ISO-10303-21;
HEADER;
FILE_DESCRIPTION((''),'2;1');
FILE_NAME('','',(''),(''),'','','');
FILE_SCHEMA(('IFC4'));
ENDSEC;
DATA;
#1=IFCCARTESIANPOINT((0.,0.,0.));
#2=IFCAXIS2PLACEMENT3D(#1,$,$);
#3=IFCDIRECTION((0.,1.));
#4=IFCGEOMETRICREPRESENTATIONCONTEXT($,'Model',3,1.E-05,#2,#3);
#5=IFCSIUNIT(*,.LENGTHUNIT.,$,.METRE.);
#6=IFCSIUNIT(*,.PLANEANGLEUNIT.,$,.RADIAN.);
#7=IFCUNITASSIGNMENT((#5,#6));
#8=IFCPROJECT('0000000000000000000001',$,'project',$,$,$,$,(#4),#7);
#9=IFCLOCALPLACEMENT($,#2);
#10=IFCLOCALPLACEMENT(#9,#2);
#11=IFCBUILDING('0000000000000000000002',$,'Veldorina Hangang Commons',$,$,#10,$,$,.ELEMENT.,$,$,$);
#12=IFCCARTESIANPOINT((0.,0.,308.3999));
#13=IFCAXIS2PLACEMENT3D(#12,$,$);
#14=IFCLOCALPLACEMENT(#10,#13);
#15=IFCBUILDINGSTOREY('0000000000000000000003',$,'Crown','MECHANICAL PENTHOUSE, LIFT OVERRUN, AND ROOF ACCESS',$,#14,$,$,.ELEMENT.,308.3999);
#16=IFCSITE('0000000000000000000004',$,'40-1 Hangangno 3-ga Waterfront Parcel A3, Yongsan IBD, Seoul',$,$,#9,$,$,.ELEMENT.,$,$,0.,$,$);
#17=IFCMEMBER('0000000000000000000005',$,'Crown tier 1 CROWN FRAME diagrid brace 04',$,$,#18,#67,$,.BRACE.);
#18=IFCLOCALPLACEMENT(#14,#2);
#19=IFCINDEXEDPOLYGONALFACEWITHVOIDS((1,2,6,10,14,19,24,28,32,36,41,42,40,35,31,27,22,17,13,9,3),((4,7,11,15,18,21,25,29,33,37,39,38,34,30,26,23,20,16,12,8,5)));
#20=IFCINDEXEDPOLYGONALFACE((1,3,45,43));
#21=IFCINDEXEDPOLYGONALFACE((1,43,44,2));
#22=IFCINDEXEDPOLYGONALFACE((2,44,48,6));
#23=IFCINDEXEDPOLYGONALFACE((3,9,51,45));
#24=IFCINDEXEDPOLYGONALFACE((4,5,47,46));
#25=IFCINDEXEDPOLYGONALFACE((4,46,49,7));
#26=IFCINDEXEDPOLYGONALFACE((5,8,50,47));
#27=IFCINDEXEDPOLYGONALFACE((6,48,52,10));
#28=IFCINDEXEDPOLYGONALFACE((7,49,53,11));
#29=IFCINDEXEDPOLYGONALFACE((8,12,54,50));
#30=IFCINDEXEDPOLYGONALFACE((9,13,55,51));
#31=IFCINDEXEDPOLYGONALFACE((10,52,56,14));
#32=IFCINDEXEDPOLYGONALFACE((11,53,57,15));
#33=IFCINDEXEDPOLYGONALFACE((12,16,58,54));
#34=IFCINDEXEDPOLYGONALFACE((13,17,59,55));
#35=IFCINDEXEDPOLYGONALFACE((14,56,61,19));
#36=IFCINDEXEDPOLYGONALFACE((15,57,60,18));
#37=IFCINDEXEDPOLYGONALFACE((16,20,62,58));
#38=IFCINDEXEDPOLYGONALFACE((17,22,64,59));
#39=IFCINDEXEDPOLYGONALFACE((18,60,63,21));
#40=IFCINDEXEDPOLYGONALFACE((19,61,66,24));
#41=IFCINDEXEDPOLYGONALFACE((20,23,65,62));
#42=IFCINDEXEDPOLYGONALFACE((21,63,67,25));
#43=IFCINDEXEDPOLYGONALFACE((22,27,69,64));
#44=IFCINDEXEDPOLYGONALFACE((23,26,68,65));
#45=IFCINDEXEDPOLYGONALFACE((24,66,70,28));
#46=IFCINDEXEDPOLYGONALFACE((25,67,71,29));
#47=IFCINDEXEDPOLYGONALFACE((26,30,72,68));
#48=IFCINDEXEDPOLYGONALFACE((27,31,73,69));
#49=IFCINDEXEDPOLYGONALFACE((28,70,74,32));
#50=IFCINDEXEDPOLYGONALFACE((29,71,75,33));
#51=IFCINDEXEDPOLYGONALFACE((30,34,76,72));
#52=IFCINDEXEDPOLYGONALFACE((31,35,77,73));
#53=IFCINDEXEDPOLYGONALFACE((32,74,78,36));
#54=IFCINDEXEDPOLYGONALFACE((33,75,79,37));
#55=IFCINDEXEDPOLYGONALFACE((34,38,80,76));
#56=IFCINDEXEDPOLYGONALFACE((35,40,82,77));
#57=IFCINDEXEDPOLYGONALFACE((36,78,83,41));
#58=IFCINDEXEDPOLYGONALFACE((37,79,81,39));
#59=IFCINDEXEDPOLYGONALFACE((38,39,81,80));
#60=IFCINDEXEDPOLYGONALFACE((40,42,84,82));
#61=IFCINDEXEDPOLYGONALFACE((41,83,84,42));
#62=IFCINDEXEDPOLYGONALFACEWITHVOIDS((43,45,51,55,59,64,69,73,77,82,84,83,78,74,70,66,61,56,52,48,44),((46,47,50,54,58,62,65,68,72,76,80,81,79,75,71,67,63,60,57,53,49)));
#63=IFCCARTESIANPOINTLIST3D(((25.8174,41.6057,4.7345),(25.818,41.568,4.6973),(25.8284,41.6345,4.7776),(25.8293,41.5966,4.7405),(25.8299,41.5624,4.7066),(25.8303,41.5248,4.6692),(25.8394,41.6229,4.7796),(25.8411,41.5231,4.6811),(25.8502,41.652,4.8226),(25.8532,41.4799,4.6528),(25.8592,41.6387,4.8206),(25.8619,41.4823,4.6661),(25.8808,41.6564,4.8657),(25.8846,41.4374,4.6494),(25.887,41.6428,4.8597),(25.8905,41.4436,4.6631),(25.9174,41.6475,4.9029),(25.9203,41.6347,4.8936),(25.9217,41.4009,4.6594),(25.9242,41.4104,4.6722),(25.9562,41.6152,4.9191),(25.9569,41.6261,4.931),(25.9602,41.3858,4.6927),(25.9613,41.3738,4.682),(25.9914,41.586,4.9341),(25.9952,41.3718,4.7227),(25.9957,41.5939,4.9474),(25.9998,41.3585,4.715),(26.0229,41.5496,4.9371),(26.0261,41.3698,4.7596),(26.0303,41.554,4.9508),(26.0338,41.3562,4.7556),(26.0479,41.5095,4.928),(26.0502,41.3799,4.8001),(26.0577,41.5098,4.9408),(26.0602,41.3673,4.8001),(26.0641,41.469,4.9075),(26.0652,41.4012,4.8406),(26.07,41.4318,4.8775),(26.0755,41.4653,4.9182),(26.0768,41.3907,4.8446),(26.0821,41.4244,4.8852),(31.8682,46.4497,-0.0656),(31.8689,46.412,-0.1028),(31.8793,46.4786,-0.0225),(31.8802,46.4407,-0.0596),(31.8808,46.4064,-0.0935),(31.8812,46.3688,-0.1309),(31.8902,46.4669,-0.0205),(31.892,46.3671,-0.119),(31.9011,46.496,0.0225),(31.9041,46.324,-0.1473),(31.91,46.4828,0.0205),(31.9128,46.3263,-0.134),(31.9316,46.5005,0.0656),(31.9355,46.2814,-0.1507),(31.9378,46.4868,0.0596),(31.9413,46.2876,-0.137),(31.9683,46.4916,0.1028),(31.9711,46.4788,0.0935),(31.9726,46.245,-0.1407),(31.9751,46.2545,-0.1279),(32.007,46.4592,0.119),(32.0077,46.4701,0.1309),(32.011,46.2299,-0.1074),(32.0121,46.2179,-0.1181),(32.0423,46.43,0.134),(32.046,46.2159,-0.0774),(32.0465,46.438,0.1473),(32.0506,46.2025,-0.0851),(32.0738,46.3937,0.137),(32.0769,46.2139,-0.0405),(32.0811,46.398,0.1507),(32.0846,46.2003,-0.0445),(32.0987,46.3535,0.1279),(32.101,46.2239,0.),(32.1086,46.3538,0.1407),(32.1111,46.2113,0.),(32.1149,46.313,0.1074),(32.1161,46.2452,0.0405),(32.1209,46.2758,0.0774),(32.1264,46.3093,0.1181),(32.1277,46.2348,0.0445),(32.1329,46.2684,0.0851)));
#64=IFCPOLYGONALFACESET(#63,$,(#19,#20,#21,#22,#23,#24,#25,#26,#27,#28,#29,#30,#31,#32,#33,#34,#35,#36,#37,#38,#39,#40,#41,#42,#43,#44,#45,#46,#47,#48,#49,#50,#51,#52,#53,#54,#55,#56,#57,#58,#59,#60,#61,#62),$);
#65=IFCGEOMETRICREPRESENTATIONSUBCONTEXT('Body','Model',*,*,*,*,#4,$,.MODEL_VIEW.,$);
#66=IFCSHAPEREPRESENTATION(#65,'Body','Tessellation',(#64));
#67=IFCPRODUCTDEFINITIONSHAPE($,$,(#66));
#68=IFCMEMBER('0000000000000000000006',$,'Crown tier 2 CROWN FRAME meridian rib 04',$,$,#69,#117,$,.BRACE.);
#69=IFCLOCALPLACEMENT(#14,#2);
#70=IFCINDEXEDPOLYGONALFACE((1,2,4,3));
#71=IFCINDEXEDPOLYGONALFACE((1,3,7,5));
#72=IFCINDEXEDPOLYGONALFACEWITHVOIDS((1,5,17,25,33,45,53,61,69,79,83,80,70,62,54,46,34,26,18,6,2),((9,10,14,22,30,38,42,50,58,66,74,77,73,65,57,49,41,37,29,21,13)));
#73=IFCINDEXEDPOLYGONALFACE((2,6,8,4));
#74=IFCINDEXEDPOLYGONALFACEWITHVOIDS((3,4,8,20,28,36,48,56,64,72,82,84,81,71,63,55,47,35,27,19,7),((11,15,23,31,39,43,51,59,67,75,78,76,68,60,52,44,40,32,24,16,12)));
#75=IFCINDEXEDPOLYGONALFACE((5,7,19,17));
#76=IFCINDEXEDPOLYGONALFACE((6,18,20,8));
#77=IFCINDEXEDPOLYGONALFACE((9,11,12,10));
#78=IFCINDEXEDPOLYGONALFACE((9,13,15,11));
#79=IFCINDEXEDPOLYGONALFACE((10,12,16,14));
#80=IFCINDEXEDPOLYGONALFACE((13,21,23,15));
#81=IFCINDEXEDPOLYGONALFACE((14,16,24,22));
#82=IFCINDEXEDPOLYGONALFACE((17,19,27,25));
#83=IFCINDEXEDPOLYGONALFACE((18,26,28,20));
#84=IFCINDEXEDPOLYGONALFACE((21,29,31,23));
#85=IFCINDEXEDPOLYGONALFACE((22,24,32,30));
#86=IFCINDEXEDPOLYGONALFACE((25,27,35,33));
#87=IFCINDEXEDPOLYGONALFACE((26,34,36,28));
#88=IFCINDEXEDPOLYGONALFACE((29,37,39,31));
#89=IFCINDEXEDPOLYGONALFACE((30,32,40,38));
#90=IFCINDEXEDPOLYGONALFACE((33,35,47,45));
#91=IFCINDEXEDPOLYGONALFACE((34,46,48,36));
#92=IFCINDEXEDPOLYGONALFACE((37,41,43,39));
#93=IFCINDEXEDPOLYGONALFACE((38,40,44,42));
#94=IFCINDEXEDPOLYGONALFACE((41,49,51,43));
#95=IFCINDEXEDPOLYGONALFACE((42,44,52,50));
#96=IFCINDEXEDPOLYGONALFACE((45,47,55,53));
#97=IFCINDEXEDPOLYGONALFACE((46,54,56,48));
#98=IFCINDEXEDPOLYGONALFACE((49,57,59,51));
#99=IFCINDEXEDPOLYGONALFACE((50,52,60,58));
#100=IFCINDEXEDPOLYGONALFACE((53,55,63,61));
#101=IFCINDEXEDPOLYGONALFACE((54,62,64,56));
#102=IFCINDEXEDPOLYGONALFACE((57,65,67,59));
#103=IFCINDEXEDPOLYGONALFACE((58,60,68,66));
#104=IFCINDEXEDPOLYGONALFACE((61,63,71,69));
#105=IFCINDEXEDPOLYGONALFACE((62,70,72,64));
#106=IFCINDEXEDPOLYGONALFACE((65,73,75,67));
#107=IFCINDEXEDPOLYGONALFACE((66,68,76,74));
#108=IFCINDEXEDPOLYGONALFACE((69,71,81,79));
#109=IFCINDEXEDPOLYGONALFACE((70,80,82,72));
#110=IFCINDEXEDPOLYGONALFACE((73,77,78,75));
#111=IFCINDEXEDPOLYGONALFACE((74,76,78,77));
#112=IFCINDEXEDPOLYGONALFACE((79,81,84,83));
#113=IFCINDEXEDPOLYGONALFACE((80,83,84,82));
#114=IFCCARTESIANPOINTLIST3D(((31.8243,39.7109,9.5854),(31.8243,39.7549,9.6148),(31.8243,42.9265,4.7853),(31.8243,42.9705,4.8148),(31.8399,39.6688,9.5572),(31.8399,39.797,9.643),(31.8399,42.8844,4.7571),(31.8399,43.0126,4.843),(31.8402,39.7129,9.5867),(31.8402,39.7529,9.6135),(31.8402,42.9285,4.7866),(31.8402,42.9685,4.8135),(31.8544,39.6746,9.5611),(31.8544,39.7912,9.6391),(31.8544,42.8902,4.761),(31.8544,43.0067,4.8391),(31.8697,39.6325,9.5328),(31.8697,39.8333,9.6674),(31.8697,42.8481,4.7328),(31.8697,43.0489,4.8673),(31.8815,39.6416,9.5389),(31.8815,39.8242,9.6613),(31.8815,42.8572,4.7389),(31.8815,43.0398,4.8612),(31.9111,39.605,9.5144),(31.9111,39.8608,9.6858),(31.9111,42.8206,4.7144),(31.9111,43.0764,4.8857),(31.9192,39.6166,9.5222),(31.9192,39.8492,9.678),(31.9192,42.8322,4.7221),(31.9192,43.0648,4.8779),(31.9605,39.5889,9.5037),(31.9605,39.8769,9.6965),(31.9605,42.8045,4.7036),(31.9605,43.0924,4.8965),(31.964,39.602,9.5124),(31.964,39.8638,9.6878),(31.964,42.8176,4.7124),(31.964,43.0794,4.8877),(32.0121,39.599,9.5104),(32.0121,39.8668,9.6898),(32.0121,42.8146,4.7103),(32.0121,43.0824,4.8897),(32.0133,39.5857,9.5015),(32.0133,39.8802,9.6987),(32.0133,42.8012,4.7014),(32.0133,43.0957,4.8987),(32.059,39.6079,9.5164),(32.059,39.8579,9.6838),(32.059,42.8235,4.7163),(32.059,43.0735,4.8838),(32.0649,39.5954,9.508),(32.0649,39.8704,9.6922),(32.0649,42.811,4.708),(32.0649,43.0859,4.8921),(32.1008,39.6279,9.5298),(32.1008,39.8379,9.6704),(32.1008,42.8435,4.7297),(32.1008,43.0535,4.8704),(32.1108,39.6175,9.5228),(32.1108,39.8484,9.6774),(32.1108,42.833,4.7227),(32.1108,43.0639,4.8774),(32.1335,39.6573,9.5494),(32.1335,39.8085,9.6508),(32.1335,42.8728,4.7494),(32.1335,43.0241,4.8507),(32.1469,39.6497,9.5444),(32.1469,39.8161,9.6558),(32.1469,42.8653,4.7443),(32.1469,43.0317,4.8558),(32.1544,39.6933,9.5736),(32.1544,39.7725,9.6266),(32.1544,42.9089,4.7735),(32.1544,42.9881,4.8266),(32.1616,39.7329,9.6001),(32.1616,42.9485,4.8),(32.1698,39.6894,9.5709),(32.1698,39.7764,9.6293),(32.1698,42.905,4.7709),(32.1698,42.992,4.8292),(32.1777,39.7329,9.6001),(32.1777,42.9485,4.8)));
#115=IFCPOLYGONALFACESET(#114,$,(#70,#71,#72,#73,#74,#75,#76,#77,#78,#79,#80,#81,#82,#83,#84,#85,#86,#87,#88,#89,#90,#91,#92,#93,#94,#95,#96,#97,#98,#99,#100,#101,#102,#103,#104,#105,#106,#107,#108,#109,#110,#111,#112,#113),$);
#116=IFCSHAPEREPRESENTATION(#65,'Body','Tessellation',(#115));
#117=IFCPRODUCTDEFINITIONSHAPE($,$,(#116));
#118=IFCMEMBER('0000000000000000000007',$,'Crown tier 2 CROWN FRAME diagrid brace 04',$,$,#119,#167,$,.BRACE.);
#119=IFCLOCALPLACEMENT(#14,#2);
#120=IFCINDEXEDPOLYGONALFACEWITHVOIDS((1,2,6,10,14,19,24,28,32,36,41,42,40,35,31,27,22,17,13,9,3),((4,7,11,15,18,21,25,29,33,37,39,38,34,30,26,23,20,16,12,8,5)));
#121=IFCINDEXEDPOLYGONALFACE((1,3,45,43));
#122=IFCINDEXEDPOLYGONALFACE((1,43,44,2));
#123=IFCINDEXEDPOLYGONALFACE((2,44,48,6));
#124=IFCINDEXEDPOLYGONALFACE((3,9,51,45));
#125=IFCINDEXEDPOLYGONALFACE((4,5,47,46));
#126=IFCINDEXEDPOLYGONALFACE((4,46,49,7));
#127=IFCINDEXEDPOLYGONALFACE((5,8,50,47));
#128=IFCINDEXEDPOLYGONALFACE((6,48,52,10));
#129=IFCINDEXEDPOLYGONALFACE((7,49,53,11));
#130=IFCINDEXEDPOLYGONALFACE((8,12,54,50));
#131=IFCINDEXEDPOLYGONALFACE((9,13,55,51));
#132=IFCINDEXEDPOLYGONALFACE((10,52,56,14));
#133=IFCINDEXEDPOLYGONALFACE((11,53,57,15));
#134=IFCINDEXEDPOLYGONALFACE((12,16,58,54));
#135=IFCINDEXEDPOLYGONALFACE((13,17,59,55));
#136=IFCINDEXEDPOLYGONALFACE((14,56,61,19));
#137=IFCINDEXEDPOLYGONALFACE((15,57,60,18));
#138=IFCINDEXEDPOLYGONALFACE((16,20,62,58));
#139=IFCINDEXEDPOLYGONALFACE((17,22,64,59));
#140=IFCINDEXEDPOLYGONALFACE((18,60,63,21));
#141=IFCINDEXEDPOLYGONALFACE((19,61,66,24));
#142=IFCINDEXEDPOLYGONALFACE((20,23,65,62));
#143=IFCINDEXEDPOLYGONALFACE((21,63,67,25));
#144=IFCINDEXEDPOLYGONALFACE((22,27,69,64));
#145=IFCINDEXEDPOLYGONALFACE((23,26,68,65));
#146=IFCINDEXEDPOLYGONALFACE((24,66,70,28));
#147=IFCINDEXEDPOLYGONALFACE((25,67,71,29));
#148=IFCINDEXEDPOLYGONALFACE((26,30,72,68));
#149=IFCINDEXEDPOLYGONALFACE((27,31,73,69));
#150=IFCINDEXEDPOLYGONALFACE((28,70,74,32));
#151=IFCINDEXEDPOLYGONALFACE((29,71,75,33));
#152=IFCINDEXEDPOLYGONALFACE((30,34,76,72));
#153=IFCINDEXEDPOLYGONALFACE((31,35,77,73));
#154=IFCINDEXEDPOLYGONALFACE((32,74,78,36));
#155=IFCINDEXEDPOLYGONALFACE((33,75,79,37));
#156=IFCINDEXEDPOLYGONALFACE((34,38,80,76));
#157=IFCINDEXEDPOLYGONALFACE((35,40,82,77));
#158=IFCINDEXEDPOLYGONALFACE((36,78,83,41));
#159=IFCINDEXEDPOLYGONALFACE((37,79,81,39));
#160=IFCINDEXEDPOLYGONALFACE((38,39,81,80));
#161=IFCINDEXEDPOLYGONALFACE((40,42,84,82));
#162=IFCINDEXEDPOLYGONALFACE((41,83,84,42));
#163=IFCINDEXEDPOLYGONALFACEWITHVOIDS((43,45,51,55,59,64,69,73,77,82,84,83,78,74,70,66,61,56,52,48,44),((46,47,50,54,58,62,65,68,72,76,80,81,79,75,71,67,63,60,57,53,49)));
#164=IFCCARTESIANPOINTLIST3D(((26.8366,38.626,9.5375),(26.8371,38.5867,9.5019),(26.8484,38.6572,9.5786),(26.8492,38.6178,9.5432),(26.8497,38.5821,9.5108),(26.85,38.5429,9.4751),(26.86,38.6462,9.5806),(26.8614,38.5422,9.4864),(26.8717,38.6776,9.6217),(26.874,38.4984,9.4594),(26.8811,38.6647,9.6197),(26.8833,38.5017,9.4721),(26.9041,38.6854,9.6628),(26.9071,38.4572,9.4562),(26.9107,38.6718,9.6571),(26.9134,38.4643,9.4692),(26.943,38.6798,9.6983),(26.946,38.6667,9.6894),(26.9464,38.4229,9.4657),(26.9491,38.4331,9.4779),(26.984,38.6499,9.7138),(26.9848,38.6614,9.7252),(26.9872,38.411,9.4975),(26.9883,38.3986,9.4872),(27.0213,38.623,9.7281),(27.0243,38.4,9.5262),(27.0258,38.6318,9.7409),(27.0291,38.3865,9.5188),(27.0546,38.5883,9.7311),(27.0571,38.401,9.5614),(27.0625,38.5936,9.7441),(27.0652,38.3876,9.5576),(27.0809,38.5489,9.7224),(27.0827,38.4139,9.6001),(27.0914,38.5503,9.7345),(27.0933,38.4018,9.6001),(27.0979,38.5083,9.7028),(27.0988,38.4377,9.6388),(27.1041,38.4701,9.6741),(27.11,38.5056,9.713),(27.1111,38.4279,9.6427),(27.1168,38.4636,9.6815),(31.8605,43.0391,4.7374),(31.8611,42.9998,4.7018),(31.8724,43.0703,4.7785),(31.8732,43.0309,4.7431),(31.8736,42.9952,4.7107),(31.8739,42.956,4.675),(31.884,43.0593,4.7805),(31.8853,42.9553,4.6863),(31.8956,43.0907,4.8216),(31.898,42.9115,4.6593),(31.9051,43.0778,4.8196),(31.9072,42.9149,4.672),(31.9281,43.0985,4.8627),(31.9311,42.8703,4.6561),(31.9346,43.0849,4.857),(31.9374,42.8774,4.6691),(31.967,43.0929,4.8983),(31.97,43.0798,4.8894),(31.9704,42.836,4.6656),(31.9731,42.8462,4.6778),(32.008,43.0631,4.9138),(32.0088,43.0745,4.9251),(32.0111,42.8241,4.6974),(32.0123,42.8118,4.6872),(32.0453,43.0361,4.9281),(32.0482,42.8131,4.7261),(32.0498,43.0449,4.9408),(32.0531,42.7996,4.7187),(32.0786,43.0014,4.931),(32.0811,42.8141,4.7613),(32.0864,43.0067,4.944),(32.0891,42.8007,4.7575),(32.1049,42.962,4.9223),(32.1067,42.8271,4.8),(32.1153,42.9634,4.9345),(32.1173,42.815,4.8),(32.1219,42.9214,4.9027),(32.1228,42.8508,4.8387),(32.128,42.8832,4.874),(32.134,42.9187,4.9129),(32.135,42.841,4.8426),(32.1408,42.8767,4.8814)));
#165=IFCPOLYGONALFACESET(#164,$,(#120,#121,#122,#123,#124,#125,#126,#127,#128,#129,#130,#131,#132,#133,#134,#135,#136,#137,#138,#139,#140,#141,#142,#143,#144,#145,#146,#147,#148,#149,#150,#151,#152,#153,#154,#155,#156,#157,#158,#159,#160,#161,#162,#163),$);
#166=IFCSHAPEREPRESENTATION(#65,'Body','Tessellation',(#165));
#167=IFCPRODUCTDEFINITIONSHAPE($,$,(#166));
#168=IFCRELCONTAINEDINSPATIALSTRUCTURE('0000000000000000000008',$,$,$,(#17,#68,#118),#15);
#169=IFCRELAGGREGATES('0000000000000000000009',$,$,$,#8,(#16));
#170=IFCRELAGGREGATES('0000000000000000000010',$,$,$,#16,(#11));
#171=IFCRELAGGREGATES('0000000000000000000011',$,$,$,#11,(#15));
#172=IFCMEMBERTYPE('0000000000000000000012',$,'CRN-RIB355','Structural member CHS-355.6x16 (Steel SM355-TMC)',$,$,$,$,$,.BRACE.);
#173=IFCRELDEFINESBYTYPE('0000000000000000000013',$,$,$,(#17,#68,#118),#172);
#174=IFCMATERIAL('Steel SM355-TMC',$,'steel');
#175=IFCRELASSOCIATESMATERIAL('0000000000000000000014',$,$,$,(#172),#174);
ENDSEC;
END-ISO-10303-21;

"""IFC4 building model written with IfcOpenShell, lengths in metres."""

from ifc_helpers import new_model, si_unit, direction, frame, origin, origin_2d, place, context, subcontext, project, spatial, hollow_circle, extrude, material, material_profile, profile_set, type_object, element, save


model = new_model("IFC4")

# Units and contexts
model_context = context("Model", 3, precision=1e-05, world=origin(), true_north=direction((0.0, 1.0)))
body_context = subcontext(model_context, "Body", "Model", "MODEL_VIEW")
ifc_project = project(units=[si_unit("LENGTHUNIT", "METRE"), si_unit("PLANEANGLEUNIT", "RADIAN")], contexts=[model_context])

# Site, building, storey
site_placement = place(None, origin())
site = spatial("IfcSite", under=ifc_project, at=site_placement, Name="40-1 Hangangno 3-ga Waterfront Parcel A3, Yongsan IBD, Seoul", CompositionType="ELEMENT", RefElevation=0.0)
building_placement = place(site_placement, origin())
building = spatial("IfcBuilding", under=site, at=building_placement, Name="Veldorina Hangang Commons", CompositionType="ELEMENT")
storey_placement = place(building_placement, frame((0.0, 0.0, 308.3999)))
storey = spatial("IfcBuildingStorey", under=building, at=storey_placement, Name="Crown", Description="MECHANICAL PENTHOUSE, LIFT OVERRUN, AND ROOF ACCESS", CompositionType="ELEMENT", Elevation=308.3999)

# Members
ifc_material_1 = material(Name="Steel SM355-TMC", Category="steel")
ifc_material_profile_1 = material_profile(ifc_material_1, hollow_circle(Radius=0.1777, WallThickness=0.0161, at=origin_2d()), Name="CHS-355.6x16")
ifc_profile_set_1 = profile_set([ifc_material_profile_1], Name="Steel SM355-TMC")
member_type_1 = type_object("IfcMemberType", Name="CRN-RIB355", Description="Structural member CHS-355.6x16 (Steel SM355-TMC)", PredefinedType="BRACE", material=ifc_profile_set_1)
member_1_placement = place(storey_placement, frame((32.0, 46.3501, 0.0), z_axis=(-0.663693, -0.531324, 0.526504), x_axis=(0.62496, -0.780657, 0.0)))
element("IfcMember", 1, at=member_1_placement, inside=storey, type_object=member_type_1, Name="Crown tier 1 CROWN FRAME diagrid brace 04", PredefinedType="BRACE", context=body_context, shape_type="SweptSolid", body=[
    extrude(hollow_circle(Radius=0.1777, WallThickness=0.0161, at=origin_2d()), origin(), (0.0, 0.0, 1.0), 9.1169),
])
member_2_placement = place(storey_placement, frame((32.0, 42.9485, 4.8), z_axis=(0.0, -0.556561, 0.830807), x_axis=(1.0, 0.0, 0.0)))
element("IfcMember", 2, at=member_2_placement, inside=storey, type_object=member_type_1, Name="Crown tier 2 CROWN FRAME meridian rib 04", PredefinedType="BRACE", context=body_context, shape_type="SweptSolid", body=[
    extrude(hollow_circle(Radius=0.1777, WallThickness=0.0161, at=origin_2d()), origin(), (0.0, 0.0, 1.0), 5.7776),
])
member_3_placement = place(storey_placement, frame((32.0, 42.9485, 4.8), z_axis=(-0.610338, -0.536129, 0.58314), x_axis=(0.659956, -0.751304, 0.0)))
element("IfcMember", 3, at=member_3_placement, inside=storey, type_object=member_type_1, Name="Crown tier 2 CROWN FRAME diagrid brace 04", PredefinedType="BRACE", context=body_context, shape_type="SweptSolid", body=[
    extrude(hollow_circle(Radius=0.1777, WallThickness=0.0161, at=origin_2d()), origin(), (0.0, 0.0, 1.0), 8.2314),
])

save(model, "model.ifc")
